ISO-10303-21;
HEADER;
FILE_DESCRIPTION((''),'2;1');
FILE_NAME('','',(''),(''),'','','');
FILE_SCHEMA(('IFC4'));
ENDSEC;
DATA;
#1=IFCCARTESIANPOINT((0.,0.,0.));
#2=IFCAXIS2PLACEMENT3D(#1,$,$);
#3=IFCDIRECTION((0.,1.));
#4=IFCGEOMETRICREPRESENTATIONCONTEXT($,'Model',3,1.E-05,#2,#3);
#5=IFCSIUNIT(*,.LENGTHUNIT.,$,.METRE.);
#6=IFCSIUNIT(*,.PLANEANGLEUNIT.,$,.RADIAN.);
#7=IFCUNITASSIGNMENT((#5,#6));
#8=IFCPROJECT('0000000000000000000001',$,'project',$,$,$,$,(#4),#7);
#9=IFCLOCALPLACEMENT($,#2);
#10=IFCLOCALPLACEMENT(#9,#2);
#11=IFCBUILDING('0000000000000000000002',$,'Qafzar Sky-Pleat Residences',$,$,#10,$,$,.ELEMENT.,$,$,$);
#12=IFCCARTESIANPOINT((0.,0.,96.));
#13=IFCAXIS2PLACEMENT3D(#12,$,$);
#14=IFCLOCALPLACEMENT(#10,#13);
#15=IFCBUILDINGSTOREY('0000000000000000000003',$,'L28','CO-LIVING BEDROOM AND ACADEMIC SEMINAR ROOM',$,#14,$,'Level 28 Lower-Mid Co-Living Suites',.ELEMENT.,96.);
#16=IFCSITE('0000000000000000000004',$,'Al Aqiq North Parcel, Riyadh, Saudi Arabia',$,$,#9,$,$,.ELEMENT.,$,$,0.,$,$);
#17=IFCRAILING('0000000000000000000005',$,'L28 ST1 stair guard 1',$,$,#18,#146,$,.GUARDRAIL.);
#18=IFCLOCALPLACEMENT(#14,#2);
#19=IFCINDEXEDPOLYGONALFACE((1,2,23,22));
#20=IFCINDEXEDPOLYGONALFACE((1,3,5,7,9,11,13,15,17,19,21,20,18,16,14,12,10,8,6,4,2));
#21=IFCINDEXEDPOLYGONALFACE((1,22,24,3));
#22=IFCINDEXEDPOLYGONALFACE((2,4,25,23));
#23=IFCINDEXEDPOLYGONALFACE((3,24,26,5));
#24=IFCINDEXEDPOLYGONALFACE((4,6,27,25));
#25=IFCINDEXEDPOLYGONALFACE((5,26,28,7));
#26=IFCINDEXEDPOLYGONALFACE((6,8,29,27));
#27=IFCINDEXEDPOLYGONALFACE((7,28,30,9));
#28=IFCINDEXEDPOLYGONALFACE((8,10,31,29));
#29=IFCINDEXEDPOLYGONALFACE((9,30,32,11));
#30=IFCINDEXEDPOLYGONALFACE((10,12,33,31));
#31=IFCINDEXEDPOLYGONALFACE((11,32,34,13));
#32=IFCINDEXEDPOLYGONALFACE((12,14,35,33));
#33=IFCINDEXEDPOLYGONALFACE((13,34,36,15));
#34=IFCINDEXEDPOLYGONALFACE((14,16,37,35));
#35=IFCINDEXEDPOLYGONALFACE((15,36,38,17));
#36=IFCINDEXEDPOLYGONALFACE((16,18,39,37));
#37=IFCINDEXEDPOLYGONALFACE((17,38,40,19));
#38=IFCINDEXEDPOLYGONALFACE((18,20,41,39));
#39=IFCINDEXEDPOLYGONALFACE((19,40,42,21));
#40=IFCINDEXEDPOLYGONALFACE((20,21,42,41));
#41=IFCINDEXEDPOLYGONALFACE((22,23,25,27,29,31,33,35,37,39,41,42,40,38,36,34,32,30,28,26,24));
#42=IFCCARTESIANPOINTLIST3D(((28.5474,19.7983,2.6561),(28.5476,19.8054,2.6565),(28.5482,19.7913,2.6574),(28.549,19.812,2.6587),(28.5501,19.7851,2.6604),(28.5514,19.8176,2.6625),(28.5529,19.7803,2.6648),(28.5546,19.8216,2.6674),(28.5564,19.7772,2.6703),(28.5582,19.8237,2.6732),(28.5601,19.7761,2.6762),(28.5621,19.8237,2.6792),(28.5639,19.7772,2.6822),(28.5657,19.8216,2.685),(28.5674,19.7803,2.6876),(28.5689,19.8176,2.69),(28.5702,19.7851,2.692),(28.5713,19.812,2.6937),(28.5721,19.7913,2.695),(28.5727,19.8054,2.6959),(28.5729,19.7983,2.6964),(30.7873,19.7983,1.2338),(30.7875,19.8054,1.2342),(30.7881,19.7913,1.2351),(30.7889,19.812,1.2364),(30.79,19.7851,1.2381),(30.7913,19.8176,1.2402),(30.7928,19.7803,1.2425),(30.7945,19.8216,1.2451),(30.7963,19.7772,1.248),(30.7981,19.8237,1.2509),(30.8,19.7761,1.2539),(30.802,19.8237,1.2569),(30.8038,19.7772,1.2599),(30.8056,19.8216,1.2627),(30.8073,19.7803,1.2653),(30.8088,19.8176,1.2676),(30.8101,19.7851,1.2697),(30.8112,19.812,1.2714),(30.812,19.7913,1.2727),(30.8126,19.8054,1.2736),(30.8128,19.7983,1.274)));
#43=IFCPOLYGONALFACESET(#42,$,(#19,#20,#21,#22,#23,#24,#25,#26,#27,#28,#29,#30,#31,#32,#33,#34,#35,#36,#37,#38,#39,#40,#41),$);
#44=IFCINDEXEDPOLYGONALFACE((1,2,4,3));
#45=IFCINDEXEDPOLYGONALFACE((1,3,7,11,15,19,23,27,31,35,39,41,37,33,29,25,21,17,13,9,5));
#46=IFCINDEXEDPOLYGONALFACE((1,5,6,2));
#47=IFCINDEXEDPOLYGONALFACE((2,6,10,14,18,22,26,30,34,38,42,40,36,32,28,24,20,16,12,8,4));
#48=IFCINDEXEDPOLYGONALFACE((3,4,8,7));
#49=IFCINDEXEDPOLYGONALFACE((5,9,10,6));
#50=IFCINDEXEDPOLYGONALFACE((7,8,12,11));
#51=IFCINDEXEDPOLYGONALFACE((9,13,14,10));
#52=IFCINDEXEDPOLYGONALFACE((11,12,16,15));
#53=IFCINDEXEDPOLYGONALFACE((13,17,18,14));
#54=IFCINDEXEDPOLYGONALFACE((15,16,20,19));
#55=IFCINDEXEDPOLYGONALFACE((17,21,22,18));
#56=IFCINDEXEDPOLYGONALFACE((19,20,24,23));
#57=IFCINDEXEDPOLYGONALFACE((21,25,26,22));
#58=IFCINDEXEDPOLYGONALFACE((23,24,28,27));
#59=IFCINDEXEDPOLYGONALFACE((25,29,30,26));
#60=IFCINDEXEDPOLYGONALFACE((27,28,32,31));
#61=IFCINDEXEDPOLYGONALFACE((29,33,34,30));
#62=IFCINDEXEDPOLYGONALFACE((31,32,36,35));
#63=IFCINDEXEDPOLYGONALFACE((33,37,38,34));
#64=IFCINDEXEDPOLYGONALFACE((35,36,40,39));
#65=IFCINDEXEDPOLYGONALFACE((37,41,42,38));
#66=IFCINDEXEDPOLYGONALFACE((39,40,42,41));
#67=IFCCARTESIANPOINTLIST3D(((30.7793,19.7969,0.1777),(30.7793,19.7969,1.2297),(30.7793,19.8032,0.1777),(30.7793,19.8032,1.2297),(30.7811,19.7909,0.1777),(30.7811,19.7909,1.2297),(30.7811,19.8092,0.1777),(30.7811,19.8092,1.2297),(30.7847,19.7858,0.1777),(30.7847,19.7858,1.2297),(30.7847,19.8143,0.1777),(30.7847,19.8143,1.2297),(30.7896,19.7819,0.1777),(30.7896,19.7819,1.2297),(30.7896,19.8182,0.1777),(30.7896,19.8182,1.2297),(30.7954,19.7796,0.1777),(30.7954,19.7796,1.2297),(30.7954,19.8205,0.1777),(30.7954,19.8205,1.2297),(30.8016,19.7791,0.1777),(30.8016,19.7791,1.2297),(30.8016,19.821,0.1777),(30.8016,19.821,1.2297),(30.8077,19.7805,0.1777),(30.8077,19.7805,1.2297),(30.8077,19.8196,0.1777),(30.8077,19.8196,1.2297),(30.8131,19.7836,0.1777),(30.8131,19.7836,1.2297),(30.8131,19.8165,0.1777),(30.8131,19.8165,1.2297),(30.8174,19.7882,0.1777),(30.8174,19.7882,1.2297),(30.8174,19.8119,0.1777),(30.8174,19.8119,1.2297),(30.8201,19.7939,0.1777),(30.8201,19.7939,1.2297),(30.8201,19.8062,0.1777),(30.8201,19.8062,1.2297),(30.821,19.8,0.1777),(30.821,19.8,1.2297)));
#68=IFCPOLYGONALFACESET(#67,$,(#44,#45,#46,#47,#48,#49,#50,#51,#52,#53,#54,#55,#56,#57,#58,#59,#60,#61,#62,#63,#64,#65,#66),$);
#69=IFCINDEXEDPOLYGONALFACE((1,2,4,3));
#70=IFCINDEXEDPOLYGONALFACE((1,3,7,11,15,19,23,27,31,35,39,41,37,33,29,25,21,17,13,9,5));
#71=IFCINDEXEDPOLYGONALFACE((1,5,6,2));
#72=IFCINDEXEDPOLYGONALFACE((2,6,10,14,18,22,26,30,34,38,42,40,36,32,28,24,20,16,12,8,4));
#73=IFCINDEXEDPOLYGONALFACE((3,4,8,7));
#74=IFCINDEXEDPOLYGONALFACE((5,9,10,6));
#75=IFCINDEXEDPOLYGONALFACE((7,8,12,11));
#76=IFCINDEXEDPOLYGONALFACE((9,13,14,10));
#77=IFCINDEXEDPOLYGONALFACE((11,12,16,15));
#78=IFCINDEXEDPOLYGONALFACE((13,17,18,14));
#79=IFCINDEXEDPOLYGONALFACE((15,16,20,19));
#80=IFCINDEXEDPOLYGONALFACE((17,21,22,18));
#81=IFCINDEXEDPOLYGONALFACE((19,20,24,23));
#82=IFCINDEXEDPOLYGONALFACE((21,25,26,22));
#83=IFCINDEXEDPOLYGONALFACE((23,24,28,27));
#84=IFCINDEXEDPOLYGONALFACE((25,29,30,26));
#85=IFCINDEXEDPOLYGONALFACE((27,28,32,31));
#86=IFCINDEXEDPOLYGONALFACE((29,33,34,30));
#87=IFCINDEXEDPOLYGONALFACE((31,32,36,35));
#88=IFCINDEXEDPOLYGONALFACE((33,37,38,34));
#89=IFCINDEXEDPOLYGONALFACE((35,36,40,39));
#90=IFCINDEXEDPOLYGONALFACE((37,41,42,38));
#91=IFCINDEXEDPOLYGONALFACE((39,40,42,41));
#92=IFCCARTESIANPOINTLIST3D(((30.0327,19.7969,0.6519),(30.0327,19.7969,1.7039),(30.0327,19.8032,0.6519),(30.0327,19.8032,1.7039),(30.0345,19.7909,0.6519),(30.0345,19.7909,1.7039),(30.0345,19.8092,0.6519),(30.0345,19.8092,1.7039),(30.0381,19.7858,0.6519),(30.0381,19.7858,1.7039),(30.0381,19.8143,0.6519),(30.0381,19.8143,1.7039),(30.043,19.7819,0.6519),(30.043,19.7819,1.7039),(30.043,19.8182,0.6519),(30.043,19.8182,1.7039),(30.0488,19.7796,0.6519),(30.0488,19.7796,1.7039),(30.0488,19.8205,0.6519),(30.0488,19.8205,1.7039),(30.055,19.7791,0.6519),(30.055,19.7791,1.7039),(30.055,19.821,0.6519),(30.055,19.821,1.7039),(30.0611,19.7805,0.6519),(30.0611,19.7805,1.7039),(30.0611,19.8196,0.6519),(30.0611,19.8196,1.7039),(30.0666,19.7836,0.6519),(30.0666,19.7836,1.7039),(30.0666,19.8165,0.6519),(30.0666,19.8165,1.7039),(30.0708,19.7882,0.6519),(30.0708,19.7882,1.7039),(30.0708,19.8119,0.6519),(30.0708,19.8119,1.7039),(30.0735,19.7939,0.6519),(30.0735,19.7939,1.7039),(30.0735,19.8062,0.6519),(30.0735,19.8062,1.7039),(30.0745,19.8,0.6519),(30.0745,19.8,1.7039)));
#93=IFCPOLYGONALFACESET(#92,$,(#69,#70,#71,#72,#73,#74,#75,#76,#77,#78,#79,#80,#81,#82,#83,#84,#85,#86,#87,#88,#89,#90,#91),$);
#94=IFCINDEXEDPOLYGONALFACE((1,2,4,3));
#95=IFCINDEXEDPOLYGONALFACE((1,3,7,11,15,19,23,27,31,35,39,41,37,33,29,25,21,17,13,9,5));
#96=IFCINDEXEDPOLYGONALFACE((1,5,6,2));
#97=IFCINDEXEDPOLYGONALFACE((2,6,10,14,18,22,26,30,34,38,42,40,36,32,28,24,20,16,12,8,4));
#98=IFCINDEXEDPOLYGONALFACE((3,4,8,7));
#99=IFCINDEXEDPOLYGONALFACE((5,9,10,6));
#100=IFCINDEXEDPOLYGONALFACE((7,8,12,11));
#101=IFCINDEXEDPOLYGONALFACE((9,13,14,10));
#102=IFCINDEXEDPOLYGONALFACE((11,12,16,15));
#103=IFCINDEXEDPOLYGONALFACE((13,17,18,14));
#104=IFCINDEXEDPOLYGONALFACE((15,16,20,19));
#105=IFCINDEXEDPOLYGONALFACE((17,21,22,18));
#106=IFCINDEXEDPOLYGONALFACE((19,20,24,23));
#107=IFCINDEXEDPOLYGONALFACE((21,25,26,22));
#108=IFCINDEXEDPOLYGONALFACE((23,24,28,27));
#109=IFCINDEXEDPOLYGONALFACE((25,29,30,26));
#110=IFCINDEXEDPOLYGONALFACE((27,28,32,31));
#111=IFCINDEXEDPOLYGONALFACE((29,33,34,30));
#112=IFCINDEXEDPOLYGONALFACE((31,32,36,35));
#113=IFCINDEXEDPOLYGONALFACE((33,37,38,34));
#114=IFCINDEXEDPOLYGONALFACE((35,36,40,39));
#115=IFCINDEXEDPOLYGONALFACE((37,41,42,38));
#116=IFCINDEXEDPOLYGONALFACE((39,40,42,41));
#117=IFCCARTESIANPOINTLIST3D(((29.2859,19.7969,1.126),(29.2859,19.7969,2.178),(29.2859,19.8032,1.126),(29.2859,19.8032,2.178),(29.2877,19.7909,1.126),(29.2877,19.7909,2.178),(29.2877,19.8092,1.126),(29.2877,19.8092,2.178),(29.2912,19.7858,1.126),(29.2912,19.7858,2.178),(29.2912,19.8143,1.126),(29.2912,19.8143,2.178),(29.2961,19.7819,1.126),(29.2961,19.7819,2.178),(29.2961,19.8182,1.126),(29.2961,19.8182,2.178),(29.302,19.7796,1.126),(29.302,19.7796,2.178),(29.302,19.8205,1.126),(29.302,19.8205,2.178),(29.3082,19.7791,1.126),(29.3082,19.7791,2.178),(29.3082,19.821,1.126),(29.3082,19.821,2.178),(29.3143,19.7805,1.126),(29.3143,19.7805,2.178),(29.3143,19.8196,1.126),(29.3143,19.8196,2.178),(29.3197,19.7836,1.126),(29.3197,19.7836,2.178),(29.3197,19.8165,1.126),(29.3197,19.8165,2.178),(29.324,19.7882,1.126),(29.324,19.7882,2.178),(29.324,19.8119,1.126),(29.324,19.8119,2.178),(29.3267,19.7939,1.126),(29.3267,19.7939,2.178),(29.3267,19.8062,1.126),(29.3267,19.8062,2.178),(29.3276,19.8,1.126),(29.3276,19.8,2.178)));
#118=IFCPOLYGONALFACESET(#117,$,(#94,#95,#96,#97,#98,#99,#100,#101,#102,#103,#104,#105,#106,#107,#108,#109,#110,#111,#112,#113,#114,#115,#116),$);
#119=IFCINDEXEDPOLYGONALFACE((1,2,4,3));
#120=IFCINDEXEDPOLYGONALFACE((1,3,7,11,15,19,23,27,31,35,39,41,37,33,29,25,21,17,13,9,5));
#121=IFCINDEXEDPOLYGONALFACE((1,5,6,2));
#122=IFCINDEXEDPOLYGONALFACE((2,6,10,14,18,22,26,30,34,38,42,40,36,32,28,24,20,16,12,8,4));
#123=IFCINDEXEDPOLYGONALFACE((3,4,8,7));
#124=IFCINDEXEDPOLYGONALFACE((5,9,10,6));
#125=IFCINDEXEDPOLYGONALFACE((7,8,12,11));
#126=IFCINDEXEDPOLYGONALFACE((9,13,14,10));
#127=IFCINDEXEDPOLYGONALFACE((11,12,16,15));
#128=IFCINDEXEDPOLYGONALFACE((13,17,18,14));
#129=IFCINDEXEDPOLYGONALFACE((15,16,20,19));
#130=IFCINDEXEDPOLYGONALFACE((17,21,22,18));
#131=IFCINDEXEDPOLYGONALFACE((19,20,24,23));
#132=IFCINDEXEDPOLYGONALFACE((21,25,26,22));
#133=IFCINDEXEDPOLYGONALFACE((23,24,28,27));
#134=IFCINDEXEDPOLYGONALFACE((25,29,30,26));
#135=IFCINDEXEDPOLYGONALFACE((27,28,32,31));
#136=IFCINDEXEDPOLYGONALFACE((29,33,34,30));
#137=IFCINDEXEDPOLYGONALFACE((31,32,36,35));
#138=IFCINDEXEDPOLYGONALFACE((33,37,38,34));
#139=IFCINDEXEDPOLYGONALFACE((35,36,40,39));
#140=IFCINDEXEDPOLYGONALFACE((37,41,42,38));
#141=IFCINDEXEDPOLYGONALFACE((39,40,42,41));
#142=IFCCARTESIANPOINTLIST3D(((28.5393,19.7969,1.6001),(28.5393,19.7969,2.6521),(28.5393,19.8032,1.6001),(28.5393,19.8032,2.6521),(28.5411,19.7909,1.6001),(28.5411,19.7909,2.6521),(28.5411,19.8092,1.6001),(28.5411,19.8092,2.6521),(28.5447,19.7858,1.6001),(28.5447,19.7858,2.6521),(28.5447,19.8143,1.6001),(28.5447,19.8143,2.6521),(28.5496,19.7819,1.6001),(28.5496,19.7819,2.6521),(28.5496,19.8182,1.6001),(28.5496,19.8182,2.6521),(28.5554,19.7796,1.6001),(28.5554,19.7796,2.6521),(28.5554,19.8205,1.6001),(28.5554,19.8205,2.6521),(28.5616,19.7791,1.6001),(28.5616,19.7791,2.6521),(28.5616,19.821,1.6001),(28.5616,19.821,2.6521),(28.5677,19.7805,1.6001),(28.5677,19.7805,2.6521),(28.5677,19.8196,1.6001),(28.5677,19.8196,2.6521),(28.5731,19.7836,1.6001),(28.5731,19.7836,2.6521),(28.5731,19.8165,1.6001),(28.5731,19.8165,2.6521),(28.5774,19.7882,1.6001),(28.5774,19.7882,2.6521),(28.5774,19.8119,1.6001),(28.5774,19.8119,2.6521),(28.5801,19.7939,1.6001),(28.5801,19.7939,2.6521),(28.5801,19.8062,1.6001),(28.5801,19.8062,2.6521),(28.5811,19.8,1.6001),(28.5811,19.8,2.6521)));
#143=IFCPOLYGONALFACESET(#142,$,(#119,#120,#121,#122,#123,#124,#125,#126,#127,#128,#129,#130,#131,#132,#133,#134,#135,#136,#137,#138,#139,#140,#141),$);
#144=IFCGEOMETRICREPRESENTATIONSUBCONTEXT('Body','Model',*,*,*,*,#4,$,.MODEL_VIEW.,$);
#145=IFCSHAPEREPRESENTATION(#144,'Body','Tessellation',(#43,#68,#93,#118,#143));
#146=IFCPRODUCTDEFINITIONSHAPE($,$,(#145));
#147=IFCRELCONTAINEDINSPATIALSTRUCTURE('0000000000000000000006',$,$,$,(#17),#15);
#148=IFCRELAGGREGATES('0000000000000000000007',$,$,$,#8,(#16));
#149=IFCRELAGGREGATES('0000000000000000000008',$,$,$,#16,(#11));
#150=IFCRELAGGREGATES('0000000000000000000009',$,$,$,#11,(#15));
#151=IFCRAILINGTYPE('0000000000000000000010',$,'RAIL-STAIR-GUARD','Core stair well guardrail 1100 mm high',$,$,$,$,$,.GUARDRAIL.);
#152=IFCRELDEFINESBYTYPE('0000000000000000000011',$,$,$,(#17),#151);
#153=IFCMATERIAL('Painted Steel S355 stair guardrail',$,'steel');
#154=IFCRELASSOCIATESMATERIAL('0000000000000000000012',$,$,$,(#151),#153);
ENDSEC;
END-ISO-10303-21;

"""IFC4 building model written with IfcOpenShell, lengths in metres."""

from ifc_helpers import new_model, si_unit, direction, frame, origin, origin_2d, place, context, subcontext, project, spatial, circle, extrude, source, transform, mapped, material, type_object, element, save


model = new_model("IFC4")

# Units and contexts
model_context = context("Model", 3, precision=1e-05, world=origin(), true_north=direction((0.0, 1.0)))
body_context = subcontext(model_context, "Body", "Model", "MODEL_VIEW")
ifc_project = project(units=[si_unit("LENGTHUNIT", "METRE"), si_unit("PLANEANGLEUNIT", "RADIAN")], contexts=[model_context])

# Site, building, storey
site_placement = place(None, origin())
site = spatial("IfcSite", under=ifc_project, at=site_placement, Name="Al Aqiq North Parcel, Riyadh, Saudi Arabia", CompositionType="ELEMENT", RefElevation=0.0)
building_placement = place(site_placement, origin())
building = spatial("IfcBuilding", under=site, at=building_placement, Name="Qafzar Sky-Pleat Residences", CompositionType="ELEMENT")
storey_placement = place(building_placement, frame((0.0, 0.0, 96.0)))
storey = spatial("IfcBuildingStorey", under=building, at=storey_placement, Name="L28", Description="CO-LIVING BEDROOM AND ACADEMIC SEMINAR ROOM", LongName="Level 28 Lower-Mid Co-Living Suites", CompositionType="ELEMENT", Elevation=96.0)

# Railing
ifc_material_1 = material(Name="Painted Steel S355 stair guardrail", Category="steel")
railing_type_1 = type_object("IfcRailingType", Name="RAIL-STAIR-GUARD", Description="Core stair well guardrail 1100 mm high", PredefinedType="GUARDRAIL", material=ifc_material_1)
shared_shape_1 = source(origin(), body_context, "Body", "SweptSolid", [
    extrude(circle(Radius=0.0239, at=origin_2d()), frame((0.0, 0.0, 1.0762), z_axis=(-0.844188, 0.0, 0.536048), x_axis=(0.0, -1.0, 0.0)), (0.0, 0.0, 1.0), 2.6533),
    extrude(circle(Radius=0.021, at=origin_2d()), origin(), (0.0, 0.0, 1.0), 1.052),
    extrude(circle(Radius=0.021, at=origin_2d()), frame((-0.7466, 0.0, 0.4741)), (0.0, 0.0, 1.0), 1.052),
    extrude(circle(Radius=0.021, at=origin_2d()), frame((-1.4934, 0.0, 0.9482)), (0.0, 0.0, 1.0), 1.052),
    extrude(circle(Radius=0.021, at=origin_2d()), frame((-2.24, 0.0, 1.4224)), (0.0, 0.0, 1.0), 1.052),
])
railing_1_placement = place(storey_placement, frame((30.8, 19.8, 0.1777)))
element("IfcRailing", 1, at=railing_1_placement, inside=storey, type_object=railing_type_1, Name="L28 ST1 stair guard 1", PredefinedType="GUARDRAIL", context=body_context, shape_type="MappedRepresentation", body=[
    mapped(shared_shape_1, transform((0.0, 0.0, 0.0), x_axis=(1.0, 0.0, 0.0), y_axis=(0.0, 1.0, 0.0), z_axis=(0.0, 0.0, 1.0), scale=1.0)),
])

save(model, "model.ifc")
